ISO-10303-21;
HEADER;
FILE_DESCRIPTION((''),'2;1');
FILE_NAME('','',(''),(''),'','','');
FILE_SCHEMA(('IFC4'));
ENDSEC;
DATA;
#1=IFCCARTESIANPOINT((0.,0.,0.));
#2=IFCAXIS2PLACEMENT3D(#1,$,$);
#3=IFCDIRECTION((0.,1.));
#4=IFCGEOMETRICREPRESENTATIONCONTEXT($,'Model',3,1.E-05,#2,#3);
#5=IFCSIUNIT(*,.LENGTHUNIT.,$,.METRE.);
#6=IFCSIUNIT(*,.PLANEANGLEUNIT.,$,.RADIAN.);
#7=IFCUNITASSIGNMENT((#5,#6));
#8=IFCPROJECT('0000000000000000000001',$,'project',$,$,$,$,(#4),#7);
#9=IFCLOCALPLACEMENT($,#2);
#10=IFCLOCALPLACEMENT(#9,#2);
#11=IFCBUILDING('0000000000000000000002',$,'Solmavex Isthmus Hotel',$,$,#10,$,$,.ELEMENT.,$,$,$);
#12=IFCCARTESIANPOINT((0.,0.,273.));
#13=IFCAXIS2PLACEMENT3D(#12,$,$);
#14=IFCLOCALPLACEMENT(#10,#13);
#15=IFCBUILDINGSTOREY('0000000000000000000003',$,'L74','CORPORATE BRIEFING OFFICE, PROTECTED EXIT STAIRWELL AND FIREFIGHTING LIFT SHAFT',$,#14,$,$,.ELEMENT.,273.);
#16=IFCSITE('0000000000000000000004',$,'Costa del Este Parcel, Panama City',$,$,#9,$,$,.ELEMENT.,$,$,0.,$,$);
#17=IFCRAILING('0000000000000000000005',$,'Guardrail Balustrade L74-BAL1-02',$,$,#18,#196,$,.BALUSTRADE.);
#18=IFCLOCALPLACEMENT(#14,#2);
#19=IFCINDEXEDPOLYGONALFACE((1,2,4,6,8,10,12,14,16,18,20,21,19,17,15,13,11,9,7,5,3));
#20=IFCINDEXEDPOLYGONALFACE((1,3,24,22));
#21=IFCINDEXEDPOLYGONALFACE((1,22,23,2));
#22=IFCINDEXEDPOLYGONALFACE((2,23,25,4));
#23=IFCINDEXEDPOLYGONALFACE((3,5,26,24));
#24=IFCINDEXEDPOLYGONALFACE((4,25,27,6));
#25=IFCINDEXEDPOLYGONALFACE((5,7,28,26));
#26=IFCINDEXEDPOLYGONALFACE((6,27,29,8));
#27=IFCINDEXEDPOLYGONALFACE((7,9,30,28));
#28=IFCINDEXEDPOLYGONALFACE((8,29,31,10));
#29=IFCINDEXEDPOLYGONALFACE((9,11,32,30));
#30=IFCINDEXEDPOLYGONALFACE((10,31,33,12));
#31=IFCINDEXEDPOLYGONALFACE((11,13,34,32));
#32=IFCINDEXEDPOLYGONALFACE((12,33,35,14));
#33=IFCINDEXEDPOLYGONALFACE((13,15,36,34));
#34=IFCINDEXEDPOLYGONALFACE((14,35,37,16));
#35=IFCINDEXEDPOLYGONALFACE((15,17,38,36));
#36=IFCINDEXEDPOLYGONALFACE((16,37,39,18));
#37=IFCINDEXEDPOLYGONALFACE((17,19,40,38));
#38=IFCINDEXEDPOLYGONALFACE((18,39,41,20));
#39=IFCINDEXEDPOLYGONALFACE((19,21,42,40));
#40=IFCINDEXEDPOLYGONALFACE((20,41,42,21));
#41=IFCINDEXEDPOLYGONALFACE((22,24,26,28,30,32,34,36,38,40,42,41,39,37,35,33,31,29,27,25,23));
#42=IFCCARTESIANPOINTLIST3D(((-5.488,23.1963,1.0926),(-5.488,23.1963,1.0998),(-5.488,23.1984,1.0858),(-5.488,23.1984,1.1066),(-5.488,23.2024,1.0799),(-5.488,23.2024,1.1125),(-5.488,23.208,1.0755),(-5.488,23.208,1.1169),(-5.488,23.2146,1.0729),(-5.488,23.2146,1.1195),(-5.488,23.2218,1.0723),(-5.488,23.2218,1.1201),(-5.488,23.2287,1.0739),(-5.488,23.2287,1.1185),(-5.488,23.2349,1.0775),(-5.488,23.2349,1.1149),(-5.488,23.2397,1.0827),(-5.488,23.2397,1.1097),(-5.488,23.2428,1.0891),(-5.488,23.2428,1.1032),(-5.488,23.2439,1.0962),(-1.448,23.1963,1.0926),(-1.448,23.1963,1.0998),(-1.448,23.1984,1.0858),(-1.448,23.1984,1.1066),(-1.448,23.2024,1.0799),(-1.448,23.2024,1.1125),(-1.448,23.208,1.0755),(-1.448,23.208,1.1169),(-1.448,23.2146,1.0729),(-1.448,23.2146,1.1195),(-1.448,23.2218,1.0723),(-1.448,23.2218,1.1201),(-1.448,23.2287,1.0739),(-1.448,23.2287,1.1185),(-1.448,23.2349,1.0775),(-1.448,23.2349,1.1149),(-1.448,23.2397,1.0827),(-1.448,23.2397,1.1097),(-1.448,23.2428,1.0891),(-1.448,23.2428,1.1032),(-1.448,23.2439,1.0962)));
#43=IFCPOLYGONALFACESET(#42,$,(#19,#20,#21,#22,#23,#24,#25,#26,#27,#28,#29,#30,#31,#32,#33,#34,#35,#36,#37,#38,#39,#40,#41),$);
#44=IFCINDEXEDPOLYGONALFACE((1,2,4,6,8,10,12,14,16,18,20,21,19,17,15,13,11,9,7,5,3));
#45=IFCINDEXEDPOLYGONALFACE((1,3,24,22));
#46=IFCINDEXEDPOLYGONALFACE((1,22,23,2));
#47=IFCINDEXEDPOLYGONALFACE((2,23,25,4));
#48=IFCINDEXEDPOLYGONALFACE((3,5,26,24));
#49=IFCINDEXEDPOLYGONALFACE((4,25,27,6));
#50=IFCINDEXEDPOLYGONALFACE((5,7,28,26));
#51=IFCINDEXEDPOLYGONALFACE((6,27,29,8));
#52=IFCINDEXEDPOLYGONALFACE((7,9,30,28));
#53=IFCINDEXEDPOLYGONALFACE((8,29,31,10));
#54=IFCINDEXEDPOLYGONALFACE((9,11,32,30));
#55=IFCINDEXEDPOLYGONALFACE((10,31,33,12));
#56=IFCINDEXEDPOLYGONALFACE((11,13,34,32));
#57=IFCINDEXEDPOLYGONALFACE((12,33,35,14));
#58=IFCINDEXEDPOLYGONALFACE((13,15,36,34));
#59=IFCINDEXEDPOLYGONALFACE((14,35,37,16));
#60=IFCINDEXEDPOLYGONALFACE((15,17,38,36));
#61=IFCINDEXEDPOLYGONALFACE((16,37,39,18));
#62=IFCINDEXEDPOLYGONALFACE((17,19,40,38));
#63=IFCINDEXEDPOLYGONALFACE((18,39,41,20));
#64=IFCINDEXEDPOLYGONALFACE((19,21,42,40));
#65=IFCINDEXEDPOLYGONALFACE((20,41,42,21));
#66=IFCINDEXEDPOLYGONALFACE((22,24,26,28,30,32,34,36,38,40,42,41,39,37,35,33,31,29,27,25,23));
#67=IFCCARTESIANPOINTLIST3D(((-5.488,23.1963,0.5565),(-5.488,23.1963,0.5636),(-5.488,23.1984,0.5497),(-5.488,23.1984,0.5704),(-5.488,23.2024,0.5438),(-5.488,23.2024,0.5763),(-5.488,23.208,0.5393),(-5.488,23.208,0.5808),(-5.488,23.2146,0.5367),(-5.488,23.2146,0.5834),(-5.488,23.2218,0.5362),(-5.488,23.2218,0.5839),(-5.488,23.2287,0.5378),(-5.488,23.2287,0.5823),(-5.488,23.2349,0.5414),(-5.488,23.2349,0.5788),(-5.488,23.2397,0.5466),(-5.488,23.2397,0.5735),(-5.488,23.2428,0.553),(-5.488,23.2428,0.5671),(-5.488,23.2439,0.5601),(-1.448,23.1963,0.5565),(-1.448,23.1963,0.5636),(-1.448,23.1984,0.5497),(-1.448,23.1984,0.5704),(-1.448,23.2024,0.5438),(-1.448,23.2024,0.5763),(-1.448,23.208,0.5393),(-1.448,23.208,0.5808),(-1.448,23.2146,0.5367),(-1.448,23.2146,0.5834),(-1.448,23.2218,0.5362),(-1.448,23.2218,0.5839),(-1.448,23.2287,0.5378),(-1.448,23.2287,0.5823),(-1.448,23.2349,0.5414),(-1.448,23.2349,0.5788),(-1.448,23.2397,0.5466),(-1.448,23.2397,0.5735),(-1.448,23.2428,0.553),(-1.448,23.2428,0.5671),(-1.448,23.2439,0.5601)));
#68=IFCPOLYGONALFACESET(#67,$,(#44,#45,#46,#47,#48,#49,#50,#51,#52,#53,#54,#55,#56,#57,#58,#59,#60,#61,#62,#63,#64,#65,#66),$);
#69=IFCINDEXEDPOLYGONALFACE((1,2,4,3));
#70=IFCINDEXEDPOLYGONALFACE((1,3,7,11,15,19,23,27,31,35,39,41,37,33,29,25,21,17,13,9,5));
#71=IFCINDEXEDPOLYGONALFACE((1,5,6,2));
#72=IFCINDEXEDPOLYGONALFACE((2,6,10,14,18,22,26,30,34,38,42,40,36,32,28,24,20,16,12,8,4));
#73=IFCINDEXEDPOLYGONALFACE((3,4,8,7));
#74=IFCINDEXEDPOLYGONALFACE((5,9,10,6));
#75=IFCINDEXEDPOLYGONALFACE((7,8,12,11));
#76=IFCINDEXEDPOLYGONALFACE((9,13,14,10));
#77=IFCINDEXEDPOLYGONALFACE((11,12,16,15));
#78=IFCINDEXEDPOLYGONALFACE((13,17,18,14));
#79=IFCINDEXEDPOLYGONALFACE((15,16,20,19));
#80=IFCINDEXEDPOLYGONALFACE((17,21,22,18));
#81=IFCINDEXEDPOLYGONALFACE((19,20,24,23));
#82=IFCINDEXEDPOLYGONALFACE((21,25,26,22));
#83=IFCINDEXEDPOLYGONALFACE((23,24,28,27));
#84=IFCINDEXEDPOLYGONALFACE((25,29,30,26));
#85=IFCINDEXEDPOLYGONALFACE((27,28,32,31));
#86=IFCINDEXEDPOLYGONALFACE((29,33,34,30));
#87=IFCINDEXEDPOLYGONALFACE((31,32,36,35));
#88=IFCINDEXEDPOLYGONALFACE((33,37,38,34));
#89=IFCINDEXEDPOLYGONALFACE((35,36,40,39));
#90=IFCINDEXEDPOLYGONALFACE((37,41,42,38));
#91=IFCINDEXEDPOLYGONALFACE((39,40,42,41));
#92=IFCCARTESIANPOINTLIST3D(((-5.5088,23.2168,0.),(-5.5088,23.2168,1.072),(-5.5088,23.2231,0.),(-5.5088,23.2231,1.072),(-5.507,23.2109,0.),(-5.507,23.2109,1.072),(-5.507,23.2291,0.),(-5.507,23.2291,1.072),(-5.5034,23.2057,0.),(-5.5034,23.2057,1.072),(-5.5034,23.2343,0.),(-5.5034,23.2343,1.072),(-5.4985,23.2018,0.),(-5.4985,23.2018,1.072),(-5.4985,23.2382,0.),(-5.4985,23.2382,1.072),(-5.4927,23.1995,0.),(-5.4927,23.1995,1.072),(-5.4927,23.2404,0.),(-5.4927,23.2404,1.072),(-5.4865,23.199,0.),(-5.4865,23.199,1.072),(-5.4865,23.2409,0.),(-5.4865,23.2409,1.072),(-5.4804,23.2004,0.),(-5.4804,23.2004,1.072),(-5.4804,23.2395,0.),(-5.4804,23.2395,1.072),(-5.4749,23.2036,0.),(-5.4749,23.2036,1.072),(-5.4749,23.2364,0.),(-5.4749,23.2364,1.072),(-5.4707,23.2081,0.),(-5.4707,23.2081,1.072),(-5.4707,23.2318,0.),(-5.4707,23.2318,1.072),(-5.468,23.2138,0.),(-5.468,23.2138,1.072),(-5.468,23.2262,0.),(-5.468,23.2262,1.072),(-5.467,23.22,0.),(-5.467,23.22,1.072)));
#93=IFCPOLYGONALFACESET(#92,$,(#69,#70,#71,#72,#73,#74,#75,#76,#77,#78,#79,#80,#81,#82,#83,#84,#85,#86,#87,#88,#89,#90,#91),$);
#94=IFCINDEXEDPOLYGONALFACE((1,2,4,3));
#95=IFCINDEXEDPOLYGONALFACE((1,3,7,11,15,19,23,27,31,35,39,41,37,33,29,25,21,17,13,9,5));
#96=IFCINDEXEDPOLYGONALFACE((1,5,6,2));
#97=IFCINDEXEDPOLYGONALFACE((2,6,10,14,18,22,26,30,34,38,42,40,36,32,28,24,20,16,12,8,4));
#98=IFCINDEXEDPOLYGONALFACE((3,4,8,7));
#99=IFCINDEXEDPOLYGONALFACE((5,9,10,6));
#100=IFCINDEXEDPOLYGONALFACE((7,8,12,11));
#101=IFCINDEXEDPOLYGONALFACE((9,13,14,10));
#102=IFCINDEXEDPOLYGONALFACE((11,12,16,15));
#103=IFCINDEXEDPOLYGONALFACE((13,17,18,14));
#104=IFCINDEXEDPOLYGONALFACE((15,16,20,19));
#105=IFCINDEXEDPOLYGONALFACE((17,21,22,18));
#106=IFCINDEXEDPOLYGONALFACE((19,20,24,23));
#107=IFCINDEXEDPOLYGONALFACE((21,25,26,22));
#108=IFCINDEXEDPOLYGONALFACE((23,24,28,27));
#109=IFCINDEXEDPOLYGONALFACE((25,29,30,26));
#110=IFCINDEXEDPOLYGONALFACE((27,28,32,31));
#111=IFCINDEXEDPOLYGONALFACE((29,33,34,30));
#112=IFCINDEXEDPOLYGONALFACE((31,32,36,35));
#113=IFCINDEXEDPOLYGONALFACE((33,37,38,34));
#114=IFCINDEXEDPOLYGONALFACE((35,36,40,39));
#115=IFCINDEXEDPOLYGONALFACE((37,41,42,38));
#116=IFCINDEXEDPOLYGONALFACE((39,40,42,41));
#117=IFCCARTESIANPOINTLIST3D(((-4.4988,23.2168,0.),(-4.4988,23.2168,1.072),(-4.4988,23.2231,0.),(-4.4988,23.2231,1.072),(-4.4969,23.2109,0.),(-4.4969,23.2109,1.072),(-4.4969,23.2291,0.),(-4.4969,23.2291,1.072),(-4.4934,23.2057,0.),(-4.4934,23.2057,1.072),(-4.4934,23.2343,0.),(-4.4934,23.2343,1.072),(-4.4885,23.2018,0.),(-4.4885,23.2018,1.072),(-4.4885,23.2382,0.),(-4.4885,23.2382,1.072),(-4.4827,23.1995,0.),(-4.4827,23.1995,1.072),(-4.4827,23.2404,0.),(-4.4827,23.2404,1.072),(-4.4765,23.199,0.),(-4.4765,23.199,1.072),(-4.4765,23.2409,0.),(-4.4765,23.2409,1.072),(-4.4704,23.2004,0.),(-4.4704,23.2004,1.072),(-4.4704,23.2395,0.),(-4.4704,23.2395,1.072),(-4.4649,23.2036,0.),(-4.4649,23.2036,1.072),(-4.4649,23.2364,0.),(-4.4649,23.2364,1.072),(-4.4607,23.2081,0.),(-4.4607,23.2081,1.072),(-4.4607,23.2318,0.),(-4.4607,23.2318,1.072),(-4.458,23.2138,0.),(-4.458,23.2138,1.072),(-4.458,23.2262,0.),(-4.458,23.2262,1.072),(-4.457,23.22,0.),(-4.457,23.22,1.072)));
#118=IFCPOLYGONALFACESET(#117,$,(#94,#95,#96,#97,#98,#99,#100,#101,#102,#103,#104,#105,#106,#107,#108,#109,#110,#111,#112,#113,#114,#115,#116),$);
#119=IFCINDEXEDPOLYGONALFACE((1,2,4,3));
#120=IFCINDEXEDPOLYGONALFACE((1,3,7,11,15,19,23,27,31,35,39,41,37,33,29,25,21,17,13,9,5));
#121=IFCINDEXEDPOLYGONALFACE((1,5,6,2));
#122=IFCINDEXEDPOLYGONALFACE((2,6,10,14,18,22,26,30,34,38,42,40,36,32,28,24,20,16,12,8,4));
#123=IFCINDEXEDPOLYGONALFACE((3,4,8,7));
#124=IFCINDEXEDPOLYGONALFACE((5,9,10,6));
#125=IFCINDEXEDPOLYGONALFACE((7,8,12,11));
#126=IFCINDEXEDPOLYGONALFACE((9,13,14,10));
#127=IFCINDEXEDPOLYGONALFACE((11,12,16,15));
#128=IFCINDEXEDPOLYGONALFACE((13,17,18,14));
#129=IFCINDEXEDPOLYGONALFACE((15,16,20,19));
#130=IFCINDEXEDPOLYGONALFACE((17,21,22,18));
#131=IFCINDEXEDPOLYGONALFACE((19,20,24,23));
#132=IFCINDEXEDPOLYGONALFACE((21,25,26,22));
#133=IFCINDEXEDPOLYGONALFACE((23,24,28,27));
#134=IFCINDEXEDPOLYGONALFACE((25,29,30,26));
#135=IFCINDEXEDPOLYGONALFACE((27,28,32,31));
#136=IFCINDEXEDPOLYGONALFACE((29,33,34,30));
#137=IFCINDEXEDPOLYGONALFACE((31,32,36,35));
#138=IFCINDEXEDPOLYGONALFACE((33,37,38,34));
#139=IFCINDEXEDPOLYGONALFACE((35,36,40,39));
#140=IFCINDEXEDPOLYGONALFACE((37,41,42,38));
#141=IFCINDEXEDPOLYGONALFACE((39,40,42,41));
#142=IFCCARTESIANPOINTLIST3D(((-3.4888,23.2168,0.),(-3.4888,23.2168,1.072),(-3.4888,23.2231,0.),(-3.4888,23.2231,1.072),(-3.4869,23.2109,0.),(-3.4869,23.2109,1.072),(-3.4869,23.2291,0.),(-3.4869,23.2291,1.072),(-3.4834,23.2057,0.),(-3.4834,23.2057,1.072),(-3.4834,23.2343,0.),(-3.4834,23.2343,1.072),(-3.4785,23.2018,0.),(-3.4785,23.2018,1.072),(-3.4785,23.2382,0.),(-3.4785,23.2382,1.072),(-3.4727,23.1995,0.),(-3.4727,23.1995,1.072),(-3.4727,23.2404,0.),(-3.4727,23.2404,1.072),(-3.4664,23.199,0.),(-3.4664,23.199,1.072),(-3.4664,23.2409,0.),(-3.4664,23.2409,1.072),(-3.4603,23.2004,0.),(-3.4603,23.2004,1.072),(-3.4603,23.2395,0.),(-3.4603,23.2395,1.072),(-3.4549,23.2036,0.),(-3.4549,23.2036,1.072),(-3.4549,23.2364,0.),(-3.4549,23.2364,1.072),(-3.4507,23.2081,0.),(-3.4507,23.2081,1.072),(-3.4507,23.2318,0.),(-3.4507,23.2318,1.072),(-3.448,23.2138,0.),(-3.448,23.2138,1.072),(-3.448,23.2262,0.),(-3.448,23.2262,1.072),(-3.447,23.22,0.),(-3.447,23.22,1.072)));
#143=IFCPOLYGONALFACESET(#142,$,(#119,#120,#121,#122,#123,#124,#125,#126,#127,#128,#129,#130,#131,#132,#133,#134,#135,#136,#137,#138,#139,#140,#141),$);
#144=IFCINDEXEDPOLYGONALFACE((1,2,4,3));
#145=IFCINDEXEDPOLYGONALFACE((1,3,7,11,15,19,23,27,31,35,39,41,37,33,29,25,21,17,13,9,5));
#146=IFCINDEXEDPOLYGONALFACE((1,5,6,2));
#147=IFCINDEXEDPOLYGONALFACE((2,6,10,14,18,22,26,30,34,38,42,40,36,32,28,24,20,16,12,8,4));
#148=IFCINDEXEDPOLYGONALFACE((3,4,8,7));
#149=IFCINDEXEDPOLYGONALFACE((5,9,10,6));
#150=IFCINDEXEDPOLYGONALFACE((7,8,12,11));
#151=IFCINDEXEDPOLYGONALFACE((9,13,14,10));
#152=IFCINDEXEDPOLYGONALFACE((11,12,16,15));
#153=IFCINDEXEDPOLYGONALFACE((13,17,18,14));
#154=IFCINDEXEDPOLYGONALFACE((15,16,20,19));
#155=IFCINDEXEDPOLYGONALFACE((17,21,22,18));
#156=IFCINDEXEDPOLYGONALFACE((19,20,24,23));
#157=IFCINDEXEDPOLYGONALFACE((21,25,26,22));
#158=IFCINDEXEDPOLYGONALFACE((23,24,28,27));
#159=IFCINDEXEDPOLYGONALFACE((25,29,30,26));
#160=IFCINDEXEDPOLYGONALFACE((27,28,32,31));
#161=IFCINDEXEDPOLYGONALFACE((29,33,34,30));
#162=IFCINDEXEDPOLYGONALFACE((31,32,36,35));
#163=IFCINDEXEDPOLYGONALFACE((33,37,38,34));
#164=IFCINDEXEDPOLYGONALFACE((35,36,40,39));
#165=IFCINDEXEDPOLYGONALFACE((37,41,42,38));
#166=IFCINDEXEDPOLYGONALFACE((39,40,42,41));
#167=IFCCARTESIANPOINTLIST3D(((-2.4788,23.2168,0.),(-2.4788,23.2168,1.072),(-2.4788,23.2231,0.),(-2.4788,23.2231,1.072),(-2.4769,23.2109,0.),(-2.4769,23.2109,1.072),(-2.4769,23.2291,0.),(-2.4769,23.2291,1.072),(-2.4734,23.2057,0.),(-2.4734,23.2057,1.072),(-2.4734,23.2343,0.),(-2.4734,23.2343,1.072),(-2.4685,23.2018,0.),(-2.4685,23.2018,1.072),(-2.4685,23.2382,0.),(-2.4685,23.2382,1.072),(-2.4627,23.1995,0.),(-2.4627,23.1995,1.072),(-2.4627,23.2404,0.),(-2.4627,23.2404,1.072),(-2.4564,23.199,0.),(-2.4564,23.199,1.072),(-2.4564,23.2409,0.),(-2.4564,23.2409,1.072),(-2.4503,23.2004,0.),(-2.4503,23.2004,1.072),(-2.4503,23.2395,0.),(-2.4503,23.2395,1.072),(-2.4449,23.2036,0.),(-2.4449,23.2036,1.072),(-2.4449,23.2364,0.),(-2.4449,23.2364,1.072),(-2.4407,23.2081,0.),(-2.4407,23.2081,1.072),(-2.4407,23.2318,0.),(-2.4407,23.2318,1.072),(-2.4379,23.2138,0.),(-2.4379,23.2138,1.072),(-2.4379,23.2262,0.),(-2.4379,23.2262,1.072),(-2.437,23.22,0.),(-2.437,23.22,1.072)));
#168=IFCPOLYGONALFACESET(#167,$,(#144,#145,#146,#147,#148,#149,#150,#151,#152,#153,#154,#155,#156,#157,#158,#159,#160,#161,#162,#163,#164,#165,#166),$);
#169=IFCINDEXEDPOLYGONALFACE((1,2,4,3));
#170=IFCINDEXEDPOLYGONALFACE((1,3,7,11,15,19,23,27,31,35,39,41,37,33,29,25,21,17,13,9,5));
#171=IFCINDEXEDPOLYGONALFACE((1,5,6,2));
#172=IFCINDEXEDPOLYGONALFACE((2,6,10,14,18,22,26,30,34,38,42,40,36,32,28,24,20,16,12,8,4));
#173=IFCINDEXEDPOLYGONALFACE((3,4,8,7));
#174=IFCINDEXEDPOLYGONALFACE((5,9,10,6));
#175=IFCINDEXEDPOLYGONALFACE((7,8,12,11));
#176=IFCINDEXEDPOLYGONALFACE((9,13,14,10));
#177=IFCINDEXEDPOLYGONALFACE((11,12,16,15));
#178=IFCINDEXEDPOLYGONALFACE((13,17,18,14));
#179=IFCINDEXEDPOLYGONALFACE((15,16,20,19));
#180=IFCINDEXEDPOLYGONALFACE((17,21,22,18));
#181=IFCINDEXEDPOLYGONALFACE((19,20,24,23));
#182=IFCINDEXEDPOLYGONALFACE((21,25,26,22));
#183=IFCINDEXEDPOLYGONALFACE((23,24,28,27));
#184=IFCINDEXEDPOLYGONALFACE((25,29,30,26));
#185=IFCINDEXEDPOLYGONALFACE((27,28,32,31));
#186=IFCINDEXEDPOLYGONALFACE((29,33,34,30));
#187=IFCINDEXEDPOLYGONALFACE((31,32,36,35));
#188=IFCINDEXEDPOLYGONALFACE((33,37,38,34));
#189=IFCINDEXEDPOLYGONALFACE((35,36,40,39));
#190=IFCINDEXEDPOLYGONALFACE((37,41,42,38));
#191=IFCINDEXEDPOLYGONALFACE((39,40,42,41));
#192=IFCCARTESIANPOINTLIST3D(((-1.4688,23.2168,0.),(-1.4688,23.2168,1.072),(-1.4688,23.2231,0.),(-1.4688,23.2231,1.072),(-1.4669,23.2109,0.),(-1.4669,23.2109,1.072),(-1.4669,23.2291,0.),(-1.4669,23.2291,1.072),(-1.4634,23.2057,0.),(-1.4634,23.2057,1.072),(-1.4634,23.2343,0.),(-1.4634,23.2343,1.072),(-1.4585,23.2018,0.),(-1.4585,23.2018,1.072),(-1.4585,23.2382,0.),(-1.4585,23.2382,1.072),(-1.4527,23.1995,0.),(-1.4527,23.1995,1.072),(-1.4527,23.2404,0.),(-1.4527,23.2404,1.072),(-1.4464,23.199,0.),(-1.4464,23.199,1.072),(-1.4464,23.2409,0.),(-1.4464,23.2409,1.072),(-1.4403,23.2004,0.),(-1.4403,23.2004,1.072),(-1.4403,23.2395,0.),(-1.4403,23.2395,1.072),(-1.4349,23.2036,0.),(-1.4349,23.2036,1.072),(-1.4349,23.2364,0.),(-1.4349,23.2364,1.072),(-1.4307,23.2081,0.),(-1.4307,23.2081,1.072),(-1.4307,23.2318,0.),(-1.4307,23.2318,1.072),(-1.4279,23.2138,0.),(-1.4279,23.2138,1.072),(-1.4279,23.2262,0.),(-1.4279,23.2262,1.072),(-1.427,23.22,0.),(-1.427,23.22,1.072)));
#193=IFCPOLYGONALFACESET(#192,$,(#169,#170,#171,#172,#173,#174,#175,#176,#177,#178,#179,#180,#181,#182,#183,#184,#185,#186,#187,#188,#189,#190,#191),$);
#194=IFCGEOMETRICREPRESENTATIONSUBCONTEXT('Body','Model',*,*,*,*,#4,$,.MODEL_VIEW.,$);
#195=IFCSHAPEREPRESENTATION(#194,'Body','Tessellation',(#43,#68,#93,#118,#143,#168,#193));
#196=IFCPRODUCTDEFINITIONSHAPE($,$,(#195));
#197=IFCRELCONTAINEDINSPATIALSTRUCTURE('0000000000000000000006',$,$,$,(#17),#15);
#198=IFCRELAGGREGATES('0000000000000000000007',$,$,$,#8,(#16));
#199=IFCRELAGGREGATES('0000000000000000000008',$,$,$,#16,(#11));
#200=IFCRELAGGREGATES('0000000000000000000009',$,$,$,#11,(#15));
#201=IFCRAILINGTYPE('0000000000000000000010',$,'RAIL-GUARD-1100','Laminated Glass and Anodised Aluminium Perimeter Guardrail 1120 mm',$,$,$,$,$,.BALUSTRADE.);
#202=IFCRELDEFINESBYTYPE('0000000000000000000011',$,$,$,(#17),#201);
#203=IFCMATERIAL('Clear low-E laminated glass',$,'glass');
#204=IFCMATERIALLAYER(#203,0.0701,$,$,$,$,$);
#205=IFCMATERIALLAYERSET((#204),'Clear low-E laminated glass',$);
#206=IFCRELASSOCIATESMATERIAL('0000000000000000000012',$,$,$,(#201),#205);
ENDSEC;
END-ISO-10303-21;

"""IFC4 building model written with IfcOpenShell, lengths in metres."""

from ifc_helpers import new_model, si_unit, direction, frame, origin, origin_2d, place, context, subcontext, project, spatial, circle, extrude, material, layer, layer_set, type_object, element, save


model = new_model("IFC4")

# Units and contexts
model_context = context("Model", 3, precision=1e-05, world=origin(), true_north=direction((0.0, 1.0)))
body_context = subcontext(model_context, "Body", "Model", "MODEL_VIEW")
ifc_project = project(units=[si_unit("LENGTHUNIT", "METRE"), si_unit("PLANEANGLEUNIT", "RADIAN")], contexts=[model_context])

# Site, building, storey
site_placement = place(None, origin())
site = spatial("IfcSite", under=ifc_project, at=site_placement, Name="Costa del Este Parcel, Panama City", CompositionType="ELEMENT", RefElevation=0.0)
building_placement = place(site_placement, origin())
building = spatial("IfcBuilding", under=site, at=building_placement, Name="Solmavex Isthmus Hotel", CompositionType="ELEMENT")
storey_placement = place(building_placement, frame((0.0, 0.0, 273.0)))
storey = spatial("IfcBuildingStorey", under=building, at=storey_placement, Name="L74", Description="CORPORATE BRIEFING OFFICE, PROTECTED EXIT STAIRWELL AND FIREFIGHTING LIFT SHAFT", CompositionType="ELEMENT", Elevation=273.0)

# Shared definitions
ifc_material_1 = material(Name="Clear low-E laminated glass", Category="glass")

# Railing
ifc_layer_1 = layer(ifc_material_1, 0.0701)
ifc_layer_set_1 = layer_set([ifc_layer_1], Name="Clear low-E laminated glass")
railing_type = type_object("IfcRailingType", Name="RAIL-GUARD-1100", Description="Laminated Glass and Anodised Aluminium Perimeter Guardrail 1120 mm", PredefinedType="BALUSTRADE", material=ifc_layer_set_1)
railing_1_placement = place(storey_placement, frame((-5.488, 23.22, 0.0)))
element("IfcRailing", 1, at=railing_1_placement, inside=storey, type_object=railing_type, Name="Guardrail Balustrade L74-BAL1-02", PredefinedType="BALUSTRADE", context=body_context, shape_type="SweptSolid", body=[
    extrude(circle(Radius=0.0239, at=origin_2d()), frame((0.0, 0.0, 1.0962), z_axis=(1.0, 0.0, 0.0), x_axis=(0.0, 1.0, 0.0)), (0.0, 0.0, 1.0), 4.04),
    extrude(circle(Radius=0.0239, at=origin_2d()), frame((0.0, 0.0, 0.5601), z_axis=(1.0, 0.0, 0.0), x_axis=(0.0, 1.0, 0.0)), (0.0, 0.0, 1.0), 4.04),
    extrude(circle(Radius=0.021, at=origin_2d()), origin(), (0.0, 0.0, 1.0), 1.072),
    extrude(circle(Radius=0.021, at=origin_2d()), frame((1.01, 0.0, 0.0)), (0.0, 0.0, 1.0), 1.072),
    extrude(circle(Radius=0.021, at=origin_2d()), frame((2.02, 0.0, 0.0)), (0.0, 0.0, 1.0), 1.072),
    extrude(circle(Radius=0.021, at=origin_2d()), frame((3.03, 0.0, 0.0)), (0.0, 0.0, 1.0), 1.072),
    extrude(circle(Radius=0.021, at=origin_2d()), frame((4.04, 0.0, 0.0)), (0.0, 0.0, 1.0), 1.072),
])

save(model, "model.ifc")
